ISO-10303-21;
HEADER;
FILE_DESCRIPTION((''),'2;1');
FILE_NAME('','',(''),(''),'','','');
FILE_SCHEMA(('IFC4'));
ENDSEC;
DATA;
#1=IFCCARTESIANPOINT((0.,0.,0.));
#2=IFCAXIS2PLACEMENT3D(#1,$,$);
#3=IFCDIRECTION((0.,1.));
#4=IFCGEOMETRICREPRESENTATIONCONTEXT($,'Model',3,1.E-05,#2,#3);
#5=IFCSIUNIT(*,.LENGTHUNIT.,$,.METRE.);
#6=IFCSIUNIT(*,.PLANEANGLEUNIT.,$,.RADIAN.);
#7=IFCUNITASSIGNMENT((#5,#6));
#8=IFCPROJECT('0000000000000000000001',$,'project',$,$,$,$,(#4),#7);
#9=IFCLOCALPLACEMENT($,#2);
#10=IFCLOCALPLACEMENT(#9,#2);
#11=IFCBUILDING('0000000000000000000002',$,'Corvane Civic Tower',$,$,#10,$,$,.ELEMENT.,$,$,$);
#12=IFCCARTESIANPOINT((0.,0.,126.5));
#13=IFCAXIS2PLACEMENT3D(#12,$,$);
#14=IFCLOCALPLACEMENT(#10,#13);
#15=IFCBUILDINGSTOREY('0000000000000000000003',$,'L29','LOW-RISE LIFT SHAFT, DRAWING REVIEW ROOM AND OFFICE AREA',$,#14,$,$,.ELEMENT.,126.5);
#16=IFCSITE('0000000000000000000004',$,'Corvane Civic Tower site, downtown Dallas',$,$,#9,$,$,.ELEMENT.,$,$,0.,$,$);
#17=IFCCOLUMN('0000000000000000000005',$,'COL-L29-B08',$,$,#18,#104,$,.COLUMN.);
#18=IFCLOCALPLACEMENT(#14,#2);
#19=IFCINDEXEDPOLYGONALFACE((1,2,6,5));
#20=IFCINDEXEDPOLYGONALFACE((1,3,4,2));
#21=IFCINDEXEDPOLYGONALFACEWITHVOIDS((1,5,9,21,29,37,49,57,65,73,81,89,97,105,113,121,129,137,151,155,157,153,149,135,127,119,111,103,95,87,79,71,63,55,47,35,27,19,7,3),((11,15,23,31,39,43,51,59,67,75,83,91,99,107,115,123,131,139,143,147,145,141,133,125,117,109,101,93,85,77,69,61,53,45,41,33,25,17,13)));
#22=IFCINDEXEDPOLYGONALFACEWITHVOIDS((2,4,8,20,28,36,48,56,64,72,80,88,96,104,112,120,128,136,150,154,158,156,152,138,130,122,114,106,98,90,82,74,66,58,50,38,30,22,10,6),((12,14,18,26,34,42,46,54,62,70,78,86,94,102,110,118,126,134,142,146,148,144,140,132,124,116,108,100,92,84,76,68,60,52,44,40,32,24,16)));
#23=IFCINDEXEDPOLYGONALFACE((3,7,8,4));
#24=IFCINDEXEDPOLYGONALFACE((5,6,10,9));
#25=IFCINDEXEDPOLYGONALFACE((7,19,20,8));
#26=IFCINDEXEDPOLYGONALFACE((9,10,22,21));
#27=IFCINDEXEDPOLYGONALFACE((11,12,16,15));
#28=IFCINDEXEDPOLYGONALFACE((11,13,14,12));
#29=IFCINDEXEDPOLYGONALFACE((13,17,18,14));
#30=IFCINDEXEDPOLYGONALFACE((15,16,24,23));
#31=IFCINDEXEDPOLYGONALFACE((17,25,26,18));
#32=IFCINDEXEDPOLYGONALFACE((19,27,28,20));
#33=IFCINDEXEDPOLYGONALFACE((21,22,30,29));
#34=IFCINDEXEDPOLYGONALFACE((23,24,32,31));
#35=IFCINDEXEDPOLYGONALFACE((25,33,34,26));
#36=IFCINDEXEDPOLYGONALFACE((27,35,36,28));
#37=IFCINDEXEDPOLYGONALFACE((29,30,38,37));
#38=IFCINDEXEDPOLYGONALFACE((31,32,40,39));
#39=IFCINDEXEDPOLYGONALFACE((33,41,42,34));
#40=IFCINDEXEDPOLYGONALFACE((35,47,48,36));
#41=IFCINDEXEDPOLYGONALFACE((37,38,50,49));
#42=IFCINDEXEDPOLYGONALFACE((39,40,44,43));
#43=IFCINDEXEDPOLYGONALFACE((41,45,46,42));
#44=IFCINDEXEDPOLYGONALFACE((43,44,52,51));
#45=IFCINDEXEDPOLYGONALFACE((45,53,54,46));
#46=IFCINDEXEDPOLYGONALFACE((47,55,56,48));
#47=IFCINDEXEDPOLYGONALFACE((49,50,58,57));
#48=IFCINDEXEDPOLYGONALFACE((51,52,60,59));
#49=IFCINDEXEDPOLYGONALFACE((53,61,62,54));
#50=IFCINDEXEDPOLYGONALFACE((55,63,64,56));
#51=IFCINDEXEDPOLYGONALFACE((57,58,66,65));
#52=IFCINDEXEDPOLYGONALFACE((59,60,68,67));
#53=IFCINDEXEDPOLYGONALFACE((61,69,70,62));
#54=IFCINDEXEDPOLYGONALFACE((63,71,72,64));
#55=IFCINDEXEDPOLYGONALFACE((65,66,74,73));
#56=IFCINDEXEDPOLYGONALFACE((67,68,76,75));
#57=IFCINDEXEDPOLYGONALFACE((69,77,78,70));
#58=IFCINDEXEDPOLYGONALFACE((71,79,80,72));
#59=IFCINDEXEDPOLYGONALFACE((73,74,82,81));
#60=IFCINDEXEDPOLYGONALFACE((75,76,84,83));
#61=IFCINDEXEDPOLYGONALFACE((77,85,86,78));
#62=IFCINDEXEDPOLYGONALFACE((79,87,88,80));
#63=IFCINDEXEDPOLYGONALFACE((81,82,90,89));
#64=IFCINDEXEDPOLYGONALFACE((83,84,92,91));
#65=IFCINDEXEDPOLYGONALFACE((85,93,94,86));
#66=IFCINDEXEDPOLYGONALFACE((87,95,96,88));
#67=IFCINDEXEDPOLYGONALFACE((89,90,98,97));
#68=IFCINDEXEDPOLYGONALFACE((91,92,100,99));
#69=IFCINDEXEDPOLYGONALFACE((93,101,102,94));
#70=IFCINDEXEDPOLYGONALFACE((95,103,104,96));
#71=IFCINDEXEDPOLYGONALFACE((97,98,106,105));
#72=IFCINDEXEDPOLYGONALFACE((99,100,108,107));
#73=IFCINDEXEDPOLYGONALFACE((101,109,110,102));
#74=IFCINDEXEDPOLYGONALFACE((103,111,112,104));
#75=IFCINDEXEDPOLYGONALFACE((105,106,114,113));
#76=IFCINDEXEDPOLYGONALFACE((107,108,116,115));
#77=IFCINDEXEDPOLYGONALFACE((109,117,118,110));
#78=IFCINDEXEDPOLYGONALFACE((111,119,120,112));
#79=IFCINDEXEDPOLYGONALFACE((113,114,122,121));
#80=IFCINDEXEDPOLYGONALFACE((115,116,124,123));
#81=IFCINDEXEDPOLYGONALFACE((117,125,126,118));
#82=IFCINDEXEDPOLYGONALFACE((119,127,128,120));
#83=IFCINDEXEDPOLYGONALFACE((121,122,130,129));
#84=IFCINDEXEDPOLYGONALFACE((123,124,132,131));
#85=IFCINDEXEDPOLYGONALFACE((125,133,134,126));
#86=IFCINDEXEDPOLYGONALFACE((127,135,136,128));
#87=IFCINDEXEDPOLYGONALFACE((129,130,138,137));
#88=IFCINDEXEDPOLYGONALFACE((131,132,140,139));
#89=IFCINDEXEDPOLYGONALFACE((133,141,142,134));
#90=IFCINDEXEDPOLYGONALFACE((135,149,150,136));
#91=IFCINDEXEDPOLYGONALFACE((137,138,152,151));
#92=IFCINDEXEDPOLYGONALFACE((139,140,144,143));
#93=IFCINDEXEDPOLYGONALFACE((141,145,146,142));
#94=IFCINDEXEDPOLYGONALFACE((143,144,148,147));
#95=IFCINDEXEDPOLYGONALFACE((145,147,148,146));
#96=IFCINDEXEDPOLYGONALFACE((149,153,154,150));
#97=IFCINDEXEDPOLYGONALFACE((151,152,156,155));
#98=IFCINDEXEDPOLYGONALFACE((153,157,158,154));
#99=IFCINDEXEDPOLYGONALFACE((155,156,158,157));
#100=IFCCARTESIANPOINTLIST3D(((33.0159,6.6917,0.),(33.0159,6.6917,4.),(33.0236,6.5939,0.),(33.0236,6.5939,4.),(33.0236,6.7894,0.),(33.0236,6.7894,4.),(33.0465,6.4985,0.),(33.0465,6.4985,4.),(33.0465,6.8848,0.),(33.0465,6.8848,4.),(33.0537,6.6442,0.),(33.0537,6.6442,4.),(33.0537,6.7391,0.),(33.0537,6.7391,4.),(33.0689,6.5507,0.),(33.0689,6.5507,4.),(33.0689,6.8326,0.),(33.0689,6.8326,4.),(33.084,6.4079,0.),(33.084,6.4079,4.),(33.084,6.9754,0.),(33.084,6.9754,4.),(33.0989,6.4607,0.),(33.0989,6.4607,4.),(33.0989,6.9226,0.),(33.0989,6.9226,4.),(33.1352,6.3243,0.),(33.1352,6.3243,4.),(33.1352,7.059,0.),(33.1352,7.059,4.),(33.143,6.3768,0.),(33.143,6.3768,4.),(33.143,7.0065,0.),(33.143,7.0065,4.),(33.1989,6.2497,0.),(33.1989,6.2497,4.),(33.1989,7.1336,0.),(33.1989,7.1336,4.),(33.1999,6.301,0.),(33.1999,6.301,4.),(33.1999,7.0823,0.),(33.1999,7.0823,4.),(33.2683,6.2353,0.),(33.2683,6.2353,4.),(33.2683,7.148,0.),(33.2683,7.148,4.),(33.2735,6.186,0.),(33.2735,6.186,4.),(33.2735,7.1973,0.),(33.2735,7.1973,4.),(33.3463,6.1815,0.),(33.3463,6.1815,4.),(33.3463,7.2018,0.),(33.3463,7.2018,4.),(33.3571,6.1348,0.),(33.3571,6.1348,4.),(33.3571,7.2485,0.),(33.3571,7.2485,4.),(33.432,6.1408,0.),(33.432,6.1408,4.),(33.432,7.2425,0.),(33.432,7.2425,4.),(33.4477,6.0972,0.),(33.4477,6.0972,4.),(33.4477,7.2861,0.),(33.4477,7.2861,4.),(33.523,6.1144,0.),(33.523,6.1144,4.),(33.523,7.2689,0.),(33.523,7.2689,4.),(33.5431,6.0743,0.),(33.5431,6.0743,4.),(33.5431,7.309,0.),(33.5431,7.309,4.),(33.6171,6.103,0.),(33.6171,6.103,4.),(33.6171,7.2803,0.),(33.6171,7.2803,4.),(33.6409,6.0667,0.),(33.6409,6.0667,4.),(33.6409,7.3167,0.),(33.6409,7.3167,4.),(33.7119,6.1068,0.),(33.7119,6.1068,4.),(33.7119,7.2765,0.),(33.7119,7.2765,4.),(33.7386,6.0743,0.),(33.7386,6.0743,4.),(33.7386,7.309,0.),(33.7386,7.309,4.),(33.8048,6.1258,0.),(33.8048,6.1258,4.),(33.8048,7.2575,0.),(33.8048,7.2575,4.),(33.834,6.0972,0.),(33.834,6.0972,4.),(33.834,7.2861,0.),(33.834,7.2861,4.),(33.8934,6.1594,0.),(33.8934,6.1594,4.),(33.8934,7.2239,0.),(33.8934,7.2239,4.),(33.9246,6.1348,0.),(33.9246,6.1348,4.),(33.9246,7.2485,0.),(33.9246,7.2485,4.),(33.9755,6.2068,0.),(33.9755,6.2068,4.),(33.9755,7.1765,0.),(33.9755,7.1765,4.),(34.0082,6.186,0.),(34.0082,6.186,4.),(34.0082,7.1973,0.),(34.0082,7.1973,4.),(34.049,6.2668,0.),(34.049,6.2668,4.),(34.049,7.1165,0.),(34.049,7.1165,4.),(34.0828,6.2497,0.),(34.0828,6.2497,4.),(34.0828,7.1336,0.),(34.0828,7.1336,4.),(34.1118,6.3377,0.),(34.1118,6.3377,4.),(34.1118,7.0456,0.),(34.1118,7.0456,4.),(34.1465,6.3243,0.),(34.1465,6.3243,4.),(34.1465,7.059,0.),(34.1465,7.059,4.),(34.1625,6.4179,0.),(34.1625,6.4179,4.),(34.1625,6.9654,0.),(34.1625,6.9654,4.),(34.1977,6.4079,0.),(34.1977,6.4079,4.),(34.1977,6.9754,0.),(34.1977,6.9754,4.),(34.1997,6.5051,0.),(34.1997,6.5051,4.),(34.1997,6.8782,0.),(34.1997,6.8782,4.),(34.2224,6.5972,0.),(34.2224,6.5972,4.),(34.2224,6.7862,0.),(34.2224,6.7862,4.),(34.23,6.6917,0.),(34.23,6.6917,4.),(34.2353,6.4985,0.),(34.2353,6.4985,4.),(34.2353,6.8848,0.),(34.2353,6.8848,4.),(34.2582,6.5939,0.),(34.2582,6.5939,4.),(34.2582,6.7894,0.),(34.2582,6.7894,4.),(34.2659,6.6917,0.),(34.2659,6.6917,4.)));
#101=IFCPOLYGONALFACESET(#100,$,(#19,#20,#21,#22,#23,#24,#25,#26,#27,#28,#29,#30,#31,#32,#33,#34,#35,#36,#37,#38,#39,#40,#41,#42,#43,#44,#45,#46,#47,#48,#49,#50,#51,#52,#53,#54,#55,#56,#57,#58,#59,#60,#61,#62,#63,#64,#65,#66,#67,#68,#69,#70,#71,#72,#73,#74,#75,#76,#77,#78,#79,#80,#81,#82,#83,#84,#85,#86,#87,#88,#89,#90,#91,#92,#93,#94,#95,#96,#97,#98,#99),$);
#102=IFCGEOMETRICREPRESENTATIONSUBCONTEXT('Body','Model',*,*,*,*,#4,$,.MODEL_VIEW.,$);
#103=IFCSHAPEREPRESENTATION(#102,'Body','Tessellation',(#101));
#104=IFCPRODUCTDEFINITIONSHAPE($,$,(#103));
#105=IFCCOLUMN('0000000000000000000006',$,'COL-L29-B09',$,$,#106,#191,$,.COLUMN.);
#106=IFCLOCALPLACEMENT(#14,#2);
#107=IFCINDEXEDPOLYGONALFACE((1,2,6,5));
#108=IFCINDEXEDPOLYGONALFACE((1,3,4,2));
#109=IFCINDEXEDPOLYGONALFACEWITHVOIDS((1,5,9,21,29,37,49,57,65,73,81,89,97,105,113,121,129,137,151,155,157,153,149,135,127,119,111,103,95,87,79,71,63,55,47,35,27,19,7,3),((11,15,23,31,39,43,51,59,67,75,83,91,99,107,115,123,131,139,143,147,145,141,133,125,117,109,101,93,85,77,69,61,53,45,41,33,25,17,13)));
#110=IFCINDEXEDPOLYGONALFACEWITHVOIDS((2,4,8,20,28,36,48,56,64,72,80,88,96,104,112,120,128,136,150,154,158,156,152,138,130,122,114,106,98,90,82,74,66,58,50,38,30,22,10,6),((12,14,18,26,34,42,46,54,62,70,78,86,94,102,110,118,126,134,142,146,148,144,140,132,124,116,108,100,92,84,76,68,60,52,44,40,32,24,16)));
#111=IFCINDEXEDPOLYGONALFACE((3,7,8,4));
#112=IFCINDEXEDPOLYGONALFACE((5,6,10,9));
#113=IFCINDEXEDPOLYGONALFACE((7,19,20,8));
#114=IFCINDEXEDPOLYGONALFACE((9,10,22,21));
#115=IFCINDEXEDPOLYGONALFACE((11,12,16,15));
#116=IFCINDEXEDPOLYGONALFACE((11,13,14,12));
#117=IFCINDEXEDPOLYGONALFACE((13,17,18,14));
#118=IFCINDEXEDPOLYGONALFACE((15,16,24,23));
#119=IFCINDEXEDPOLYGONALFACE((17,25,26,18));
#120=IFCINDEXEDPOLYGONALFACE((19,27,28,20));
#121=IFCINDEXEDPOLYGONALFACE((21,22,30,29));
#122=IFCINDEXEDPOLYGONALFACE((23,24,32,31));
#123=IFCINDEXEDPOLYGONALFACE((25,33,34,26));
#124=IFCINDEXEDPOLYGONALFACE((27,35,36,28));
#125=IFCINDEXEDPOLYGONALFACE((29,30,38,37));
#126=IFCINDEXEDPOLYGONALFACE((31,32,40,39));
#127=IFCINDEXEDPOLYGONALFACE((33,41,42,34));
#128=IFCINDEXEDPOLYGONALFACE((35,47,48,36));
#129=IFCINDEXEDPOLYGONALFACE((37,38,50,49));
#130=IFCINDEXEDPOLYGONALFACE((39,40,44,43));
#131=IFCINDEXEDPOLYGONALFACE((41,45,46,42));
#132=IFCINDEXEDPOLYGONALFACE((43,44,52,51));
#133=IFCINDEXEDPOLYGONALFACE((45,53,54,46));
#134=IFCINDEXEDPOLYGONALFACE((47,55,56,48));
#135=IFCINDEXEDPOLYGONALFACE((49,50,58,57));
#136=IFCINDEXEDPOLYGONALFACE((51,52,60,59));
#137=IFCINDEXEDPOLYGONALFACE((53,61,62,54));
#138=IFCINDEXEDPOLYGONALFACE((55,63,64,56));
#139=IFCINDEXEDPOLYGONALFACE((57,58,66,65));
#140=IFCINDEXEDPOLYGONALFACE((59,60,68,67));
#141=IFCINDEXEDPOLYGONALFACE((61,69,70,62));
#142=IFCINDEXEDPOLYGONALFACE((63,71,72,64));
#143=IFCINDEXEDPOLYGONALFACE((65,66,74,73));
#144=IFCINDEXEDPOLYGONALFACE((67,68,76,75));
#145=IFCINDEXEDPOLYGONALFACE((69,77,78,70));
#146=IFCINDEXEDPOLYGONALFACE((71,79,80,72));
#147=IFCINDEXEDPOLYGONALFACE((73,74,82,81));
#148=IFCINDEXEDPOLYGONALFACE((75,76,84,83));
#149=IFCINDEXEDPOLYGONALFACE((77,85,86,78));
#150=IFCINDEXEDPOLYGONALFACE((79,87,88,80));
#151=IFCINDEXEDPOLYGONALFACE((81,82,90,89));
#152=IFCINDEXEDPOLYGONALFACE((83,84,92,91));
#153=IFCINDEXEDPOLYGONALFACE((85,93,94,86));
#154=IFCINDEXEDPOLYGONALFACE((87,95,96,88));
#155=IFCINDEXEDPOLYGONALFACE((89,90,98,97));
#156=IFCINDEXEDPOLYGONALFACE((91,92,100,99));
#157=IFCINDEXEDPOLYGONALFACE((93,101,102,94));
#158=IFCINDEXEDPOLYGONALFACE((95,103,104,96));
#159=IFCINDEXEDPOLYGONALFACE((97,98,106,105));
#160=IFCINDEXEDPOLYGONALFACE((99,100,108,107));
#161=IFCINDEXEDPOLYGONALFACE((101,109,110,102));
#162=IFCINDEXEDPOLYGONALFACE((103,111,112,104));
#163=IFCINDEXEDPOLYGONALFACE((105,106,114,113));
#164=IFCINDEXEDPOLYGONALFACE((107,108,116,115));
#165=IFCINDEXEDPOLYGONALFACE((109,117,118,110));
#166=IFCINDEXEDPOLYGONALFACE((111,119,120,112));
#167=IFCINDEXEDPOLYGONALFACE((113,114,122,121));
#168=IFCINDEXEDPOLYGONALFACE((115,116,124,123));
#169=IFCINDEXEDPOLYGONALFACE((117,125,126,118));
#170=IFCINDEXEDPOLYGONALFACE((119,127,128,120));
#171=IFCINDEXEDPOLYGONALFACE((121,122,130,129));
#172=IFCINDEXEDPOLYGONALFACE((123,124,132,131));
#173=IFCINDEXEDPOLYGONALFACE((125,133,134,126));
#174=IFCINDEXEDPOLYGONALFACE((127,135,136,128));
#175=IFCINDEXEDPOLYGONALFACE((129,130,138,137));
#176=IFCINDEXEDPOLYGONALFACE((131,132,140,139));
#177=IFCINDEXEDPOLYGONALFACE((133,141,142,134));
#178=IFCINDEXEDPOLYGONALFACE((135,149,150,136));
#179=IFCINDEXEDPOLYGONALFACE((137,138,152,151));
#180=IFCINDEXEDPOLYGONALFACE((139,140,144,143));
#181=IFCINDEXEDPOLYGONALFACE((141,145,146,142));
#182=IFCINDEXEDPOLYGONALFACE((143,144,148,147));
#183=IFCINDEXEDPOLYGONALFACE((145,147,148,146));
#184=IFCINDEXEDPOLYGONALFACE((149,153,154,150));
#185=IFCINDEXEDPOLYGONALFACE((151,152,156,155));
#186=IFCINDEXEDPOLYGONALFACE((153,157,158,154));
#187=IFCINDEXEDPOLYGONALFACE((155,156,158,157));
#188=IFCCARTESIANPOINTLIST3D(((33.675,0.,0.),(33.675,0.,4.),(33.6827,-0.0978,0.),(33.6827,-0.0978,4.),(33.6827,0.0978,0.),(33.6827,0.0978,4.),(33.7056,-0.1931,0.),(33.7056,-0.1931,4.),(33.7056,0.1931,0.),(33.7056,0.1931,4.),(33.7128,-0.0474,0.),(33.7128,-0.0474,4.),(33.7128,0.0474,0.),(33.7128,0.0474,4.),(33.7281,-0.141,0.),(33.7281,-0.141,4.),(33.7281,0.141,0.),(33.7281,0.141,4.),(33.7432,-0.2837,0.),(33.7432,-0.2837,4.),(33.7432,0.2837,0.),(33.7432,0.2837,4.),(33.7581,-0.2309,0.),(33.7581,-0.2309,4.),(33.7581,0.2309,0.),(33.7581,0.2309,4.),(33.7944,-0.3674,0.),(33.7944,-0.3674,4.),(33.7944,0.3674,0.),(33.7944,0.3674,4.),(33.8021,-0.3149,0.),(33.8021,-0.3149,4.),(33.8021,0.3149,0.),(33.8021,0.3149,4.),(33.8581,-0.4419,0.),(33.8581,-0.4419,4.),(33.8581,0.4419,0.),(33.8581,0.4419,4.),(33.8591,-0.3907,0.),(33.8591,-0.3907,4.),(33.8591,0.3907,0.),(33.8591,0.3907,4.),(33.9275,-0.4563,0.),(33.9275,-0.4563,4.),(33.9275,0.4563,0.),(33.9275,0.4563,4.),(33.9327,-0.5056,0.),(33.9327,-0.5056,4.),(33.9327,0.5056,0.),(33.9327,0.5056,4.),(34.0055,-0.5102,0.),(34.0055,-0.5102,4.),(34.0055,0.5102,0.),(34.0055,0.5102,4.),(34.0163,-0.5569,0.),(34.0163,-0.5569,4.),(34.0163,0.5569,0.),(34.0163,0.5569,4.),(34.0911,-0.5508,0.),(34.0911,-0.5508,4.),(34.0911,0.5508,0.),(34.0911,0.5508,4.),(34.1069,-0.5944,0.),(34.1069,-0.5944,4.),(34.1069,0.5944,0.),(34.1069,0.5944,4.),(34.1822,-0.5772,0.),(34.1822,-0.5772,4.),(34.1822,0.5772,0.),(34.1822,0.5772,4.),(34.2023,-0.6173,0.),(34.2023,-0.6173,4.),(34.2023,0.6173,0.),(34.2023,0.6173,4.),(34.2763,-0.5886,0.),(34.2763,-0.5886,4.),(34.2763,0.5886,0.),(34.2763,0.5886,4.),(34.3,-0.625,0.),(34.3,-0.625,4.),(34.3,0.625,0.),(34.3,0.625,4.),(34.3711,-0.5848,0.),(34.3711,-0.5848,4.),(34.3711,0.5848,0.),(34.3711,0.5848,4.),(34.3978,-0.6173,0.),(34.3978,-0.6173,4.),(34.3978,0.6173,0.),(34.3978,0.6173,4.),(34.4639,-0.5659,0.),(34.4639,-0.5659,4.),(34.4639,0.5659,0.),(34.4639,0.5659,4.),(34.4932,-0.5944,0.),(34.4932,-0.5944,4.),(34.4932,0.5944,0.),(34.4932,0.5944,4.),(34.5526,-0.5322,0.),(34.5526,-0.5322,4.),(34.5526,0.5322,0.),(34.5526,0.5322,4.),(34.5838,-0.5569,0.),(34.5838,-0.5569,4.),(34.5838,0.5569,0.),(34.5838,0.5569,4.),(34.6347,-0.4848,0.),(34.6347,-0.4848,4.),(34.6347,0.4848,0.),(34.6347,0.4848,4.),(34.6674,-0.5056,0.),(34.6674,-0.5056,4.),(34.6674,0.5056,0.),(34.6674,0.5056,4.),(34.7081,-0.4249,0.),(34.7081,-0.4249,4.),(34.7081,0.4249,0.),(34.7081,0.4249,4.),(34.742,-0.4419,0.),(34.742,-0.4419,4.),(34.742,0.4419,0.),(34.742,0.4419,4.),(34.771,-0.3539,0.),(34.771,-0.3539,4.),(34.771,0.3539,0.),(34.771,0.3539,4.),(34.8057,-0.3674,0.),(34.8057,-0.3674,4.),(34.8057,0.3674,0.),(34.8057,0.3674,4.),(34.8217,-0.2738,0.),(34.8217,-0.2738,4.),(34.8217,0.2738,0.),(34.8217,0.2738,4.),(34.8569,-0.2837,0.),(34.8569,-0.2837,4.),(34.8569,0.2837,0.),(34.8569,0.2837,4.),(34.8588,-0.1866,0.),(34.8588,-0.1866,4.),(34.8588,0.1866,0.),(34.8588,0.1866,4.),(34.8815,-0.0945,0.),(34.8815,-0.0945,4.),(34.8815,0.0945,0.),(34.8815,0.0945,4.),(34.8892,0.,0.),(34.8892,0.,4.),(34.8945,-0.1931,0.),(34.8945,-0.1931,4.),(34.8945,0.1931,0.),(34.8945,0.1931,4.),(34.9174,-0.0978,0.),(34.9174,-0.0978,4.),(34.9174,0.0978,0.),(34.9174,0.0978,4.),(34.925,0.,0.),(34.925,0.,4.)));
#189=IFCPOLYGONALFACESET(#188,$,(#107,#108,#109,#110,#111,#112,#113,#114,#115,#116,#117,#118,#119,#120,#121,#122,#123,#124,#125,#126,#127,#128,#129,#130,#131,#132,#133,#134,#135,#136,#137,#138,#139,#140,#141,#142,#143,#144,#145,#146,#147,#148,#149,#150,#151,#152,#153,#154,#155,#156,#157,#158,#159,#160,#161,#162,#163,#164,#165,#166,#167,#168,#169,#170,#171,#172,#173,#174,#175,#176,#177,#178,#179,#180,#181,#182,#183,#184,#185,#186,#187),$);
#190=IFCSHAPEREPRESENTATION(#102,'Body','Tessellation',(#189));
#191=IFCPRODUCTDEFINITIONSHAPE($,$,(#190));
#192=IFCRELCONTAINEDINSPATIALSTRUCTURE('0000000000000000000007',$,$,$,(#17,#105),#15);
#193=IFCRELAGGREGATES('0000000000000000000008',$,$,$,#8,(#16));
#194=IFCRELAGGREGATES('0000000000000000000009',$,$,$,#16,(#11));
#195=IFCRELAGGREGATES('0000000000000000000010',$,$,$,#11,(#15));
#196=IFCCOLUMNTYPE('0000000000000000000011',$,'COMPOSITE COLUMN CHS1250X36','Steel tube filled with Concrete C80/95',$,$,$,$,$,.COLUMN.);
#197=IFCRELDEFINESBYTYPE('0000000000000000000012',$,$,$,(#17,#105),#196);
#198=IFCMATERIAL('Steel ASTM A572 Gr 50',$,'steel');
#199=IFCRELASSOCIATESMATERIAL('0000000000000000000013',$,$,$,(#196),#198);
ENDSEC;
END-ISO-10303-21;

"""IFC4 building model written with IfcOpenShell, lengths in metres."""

from ifc_helpers import new_model, si_unit, direction, frame, origin, origin_2d, place, context, subcontext, project, spatial, hollow_circle, extrude, material, material_profile, profile_set, type_object, element, save


model = new_model("IFC4")

# Units and contexts
model_context = context("Model", 3, precision=1e-05, world=origin(), true_north=direction((0.0, 1.0)))
body_context = subcontext(model_context, "Body", "Model", "MODEL_VIEW")
ifc_project = project(units=[si_unit("LENGTHUNIT", "METRE"), si_unit("PLANEANGLEUNIT", "RADIAN")], contexts=[model_context])

# Site, building, storey
site_placement = place(None, origin())
site = spatial("IfcSite", under=ifc_project, at=site_placement, Name="Corvane Civic Tower site, downtown Dallas", CompositionType="ELEMENT", RefElevation=0.0)
building_placement = place(site_placement, origin())
building = spatial("IfcBuilding", under=site, at=building_placement, Name="Corvane Civic Tower", CompositionType="ELEMENT")
storey_placement = place(building_placement, frame((0.0, 0.0, 126.5)))
storey = spatial("IfcBuildingStorey", under=building, at=storey_placement, Name="L29", Description="LOW-RISE LIFT SHAFT, DRAWING REVIEW ROOM AND OFFICE AREA", CompositionType="ELEMENT", Elevation=126.5)

# Columns
ifc_material_1 = material(Name="Steel ASTM A572 Gr 50", Category="steel")
ifc_material_profile_1 = material_profile(ifc_material_1, hollow_circle(Radius=0.625, WallThickness=0.0359, at=origin_2d()), Name="CHS1250X36")
ifc_profile_set_1 = profile_set([ifc_material_profile_1], Name="Steel ASTM A572 Gr 50")
column_type = type_object("IfcColumnType", Name="COMPOSITE COLUMN CHS1250X36", Description="Steel tube filled with Concrete C80/95", PredefinedType="COLUMN", material=ifc_profile_set_1)
for number, where, z_axis, x_axis, name in (
    (1, (33.6409, 6.6917, 0.0), (0.0, 0.0, 1.0), (1.0, 0.0, 0.0), "COL-L29-B08"),
    (2, (34.3, 0.0, 0.0), (0.0, 0.0, 1.0), (1.0, 0.0, 0.0), "COL-L29-B09"),
):
    element("IfcColumn", number, at=place(storey_placement, frame(where, z_axis=z_axis, x_axis=x_axis)), inside=storey, type_object=column_type, Name=name, PredefinedType="COLUMN", context=body_context, shape_type="SweptSolid", body=[
        extrude(hollow_circle(Radius=0.625, WallThickness=0.0359, at=origin_2d()), origin(), (0.0, 0.0, 1.0), 4.0),
    ])

save(model, "model.ifc")
